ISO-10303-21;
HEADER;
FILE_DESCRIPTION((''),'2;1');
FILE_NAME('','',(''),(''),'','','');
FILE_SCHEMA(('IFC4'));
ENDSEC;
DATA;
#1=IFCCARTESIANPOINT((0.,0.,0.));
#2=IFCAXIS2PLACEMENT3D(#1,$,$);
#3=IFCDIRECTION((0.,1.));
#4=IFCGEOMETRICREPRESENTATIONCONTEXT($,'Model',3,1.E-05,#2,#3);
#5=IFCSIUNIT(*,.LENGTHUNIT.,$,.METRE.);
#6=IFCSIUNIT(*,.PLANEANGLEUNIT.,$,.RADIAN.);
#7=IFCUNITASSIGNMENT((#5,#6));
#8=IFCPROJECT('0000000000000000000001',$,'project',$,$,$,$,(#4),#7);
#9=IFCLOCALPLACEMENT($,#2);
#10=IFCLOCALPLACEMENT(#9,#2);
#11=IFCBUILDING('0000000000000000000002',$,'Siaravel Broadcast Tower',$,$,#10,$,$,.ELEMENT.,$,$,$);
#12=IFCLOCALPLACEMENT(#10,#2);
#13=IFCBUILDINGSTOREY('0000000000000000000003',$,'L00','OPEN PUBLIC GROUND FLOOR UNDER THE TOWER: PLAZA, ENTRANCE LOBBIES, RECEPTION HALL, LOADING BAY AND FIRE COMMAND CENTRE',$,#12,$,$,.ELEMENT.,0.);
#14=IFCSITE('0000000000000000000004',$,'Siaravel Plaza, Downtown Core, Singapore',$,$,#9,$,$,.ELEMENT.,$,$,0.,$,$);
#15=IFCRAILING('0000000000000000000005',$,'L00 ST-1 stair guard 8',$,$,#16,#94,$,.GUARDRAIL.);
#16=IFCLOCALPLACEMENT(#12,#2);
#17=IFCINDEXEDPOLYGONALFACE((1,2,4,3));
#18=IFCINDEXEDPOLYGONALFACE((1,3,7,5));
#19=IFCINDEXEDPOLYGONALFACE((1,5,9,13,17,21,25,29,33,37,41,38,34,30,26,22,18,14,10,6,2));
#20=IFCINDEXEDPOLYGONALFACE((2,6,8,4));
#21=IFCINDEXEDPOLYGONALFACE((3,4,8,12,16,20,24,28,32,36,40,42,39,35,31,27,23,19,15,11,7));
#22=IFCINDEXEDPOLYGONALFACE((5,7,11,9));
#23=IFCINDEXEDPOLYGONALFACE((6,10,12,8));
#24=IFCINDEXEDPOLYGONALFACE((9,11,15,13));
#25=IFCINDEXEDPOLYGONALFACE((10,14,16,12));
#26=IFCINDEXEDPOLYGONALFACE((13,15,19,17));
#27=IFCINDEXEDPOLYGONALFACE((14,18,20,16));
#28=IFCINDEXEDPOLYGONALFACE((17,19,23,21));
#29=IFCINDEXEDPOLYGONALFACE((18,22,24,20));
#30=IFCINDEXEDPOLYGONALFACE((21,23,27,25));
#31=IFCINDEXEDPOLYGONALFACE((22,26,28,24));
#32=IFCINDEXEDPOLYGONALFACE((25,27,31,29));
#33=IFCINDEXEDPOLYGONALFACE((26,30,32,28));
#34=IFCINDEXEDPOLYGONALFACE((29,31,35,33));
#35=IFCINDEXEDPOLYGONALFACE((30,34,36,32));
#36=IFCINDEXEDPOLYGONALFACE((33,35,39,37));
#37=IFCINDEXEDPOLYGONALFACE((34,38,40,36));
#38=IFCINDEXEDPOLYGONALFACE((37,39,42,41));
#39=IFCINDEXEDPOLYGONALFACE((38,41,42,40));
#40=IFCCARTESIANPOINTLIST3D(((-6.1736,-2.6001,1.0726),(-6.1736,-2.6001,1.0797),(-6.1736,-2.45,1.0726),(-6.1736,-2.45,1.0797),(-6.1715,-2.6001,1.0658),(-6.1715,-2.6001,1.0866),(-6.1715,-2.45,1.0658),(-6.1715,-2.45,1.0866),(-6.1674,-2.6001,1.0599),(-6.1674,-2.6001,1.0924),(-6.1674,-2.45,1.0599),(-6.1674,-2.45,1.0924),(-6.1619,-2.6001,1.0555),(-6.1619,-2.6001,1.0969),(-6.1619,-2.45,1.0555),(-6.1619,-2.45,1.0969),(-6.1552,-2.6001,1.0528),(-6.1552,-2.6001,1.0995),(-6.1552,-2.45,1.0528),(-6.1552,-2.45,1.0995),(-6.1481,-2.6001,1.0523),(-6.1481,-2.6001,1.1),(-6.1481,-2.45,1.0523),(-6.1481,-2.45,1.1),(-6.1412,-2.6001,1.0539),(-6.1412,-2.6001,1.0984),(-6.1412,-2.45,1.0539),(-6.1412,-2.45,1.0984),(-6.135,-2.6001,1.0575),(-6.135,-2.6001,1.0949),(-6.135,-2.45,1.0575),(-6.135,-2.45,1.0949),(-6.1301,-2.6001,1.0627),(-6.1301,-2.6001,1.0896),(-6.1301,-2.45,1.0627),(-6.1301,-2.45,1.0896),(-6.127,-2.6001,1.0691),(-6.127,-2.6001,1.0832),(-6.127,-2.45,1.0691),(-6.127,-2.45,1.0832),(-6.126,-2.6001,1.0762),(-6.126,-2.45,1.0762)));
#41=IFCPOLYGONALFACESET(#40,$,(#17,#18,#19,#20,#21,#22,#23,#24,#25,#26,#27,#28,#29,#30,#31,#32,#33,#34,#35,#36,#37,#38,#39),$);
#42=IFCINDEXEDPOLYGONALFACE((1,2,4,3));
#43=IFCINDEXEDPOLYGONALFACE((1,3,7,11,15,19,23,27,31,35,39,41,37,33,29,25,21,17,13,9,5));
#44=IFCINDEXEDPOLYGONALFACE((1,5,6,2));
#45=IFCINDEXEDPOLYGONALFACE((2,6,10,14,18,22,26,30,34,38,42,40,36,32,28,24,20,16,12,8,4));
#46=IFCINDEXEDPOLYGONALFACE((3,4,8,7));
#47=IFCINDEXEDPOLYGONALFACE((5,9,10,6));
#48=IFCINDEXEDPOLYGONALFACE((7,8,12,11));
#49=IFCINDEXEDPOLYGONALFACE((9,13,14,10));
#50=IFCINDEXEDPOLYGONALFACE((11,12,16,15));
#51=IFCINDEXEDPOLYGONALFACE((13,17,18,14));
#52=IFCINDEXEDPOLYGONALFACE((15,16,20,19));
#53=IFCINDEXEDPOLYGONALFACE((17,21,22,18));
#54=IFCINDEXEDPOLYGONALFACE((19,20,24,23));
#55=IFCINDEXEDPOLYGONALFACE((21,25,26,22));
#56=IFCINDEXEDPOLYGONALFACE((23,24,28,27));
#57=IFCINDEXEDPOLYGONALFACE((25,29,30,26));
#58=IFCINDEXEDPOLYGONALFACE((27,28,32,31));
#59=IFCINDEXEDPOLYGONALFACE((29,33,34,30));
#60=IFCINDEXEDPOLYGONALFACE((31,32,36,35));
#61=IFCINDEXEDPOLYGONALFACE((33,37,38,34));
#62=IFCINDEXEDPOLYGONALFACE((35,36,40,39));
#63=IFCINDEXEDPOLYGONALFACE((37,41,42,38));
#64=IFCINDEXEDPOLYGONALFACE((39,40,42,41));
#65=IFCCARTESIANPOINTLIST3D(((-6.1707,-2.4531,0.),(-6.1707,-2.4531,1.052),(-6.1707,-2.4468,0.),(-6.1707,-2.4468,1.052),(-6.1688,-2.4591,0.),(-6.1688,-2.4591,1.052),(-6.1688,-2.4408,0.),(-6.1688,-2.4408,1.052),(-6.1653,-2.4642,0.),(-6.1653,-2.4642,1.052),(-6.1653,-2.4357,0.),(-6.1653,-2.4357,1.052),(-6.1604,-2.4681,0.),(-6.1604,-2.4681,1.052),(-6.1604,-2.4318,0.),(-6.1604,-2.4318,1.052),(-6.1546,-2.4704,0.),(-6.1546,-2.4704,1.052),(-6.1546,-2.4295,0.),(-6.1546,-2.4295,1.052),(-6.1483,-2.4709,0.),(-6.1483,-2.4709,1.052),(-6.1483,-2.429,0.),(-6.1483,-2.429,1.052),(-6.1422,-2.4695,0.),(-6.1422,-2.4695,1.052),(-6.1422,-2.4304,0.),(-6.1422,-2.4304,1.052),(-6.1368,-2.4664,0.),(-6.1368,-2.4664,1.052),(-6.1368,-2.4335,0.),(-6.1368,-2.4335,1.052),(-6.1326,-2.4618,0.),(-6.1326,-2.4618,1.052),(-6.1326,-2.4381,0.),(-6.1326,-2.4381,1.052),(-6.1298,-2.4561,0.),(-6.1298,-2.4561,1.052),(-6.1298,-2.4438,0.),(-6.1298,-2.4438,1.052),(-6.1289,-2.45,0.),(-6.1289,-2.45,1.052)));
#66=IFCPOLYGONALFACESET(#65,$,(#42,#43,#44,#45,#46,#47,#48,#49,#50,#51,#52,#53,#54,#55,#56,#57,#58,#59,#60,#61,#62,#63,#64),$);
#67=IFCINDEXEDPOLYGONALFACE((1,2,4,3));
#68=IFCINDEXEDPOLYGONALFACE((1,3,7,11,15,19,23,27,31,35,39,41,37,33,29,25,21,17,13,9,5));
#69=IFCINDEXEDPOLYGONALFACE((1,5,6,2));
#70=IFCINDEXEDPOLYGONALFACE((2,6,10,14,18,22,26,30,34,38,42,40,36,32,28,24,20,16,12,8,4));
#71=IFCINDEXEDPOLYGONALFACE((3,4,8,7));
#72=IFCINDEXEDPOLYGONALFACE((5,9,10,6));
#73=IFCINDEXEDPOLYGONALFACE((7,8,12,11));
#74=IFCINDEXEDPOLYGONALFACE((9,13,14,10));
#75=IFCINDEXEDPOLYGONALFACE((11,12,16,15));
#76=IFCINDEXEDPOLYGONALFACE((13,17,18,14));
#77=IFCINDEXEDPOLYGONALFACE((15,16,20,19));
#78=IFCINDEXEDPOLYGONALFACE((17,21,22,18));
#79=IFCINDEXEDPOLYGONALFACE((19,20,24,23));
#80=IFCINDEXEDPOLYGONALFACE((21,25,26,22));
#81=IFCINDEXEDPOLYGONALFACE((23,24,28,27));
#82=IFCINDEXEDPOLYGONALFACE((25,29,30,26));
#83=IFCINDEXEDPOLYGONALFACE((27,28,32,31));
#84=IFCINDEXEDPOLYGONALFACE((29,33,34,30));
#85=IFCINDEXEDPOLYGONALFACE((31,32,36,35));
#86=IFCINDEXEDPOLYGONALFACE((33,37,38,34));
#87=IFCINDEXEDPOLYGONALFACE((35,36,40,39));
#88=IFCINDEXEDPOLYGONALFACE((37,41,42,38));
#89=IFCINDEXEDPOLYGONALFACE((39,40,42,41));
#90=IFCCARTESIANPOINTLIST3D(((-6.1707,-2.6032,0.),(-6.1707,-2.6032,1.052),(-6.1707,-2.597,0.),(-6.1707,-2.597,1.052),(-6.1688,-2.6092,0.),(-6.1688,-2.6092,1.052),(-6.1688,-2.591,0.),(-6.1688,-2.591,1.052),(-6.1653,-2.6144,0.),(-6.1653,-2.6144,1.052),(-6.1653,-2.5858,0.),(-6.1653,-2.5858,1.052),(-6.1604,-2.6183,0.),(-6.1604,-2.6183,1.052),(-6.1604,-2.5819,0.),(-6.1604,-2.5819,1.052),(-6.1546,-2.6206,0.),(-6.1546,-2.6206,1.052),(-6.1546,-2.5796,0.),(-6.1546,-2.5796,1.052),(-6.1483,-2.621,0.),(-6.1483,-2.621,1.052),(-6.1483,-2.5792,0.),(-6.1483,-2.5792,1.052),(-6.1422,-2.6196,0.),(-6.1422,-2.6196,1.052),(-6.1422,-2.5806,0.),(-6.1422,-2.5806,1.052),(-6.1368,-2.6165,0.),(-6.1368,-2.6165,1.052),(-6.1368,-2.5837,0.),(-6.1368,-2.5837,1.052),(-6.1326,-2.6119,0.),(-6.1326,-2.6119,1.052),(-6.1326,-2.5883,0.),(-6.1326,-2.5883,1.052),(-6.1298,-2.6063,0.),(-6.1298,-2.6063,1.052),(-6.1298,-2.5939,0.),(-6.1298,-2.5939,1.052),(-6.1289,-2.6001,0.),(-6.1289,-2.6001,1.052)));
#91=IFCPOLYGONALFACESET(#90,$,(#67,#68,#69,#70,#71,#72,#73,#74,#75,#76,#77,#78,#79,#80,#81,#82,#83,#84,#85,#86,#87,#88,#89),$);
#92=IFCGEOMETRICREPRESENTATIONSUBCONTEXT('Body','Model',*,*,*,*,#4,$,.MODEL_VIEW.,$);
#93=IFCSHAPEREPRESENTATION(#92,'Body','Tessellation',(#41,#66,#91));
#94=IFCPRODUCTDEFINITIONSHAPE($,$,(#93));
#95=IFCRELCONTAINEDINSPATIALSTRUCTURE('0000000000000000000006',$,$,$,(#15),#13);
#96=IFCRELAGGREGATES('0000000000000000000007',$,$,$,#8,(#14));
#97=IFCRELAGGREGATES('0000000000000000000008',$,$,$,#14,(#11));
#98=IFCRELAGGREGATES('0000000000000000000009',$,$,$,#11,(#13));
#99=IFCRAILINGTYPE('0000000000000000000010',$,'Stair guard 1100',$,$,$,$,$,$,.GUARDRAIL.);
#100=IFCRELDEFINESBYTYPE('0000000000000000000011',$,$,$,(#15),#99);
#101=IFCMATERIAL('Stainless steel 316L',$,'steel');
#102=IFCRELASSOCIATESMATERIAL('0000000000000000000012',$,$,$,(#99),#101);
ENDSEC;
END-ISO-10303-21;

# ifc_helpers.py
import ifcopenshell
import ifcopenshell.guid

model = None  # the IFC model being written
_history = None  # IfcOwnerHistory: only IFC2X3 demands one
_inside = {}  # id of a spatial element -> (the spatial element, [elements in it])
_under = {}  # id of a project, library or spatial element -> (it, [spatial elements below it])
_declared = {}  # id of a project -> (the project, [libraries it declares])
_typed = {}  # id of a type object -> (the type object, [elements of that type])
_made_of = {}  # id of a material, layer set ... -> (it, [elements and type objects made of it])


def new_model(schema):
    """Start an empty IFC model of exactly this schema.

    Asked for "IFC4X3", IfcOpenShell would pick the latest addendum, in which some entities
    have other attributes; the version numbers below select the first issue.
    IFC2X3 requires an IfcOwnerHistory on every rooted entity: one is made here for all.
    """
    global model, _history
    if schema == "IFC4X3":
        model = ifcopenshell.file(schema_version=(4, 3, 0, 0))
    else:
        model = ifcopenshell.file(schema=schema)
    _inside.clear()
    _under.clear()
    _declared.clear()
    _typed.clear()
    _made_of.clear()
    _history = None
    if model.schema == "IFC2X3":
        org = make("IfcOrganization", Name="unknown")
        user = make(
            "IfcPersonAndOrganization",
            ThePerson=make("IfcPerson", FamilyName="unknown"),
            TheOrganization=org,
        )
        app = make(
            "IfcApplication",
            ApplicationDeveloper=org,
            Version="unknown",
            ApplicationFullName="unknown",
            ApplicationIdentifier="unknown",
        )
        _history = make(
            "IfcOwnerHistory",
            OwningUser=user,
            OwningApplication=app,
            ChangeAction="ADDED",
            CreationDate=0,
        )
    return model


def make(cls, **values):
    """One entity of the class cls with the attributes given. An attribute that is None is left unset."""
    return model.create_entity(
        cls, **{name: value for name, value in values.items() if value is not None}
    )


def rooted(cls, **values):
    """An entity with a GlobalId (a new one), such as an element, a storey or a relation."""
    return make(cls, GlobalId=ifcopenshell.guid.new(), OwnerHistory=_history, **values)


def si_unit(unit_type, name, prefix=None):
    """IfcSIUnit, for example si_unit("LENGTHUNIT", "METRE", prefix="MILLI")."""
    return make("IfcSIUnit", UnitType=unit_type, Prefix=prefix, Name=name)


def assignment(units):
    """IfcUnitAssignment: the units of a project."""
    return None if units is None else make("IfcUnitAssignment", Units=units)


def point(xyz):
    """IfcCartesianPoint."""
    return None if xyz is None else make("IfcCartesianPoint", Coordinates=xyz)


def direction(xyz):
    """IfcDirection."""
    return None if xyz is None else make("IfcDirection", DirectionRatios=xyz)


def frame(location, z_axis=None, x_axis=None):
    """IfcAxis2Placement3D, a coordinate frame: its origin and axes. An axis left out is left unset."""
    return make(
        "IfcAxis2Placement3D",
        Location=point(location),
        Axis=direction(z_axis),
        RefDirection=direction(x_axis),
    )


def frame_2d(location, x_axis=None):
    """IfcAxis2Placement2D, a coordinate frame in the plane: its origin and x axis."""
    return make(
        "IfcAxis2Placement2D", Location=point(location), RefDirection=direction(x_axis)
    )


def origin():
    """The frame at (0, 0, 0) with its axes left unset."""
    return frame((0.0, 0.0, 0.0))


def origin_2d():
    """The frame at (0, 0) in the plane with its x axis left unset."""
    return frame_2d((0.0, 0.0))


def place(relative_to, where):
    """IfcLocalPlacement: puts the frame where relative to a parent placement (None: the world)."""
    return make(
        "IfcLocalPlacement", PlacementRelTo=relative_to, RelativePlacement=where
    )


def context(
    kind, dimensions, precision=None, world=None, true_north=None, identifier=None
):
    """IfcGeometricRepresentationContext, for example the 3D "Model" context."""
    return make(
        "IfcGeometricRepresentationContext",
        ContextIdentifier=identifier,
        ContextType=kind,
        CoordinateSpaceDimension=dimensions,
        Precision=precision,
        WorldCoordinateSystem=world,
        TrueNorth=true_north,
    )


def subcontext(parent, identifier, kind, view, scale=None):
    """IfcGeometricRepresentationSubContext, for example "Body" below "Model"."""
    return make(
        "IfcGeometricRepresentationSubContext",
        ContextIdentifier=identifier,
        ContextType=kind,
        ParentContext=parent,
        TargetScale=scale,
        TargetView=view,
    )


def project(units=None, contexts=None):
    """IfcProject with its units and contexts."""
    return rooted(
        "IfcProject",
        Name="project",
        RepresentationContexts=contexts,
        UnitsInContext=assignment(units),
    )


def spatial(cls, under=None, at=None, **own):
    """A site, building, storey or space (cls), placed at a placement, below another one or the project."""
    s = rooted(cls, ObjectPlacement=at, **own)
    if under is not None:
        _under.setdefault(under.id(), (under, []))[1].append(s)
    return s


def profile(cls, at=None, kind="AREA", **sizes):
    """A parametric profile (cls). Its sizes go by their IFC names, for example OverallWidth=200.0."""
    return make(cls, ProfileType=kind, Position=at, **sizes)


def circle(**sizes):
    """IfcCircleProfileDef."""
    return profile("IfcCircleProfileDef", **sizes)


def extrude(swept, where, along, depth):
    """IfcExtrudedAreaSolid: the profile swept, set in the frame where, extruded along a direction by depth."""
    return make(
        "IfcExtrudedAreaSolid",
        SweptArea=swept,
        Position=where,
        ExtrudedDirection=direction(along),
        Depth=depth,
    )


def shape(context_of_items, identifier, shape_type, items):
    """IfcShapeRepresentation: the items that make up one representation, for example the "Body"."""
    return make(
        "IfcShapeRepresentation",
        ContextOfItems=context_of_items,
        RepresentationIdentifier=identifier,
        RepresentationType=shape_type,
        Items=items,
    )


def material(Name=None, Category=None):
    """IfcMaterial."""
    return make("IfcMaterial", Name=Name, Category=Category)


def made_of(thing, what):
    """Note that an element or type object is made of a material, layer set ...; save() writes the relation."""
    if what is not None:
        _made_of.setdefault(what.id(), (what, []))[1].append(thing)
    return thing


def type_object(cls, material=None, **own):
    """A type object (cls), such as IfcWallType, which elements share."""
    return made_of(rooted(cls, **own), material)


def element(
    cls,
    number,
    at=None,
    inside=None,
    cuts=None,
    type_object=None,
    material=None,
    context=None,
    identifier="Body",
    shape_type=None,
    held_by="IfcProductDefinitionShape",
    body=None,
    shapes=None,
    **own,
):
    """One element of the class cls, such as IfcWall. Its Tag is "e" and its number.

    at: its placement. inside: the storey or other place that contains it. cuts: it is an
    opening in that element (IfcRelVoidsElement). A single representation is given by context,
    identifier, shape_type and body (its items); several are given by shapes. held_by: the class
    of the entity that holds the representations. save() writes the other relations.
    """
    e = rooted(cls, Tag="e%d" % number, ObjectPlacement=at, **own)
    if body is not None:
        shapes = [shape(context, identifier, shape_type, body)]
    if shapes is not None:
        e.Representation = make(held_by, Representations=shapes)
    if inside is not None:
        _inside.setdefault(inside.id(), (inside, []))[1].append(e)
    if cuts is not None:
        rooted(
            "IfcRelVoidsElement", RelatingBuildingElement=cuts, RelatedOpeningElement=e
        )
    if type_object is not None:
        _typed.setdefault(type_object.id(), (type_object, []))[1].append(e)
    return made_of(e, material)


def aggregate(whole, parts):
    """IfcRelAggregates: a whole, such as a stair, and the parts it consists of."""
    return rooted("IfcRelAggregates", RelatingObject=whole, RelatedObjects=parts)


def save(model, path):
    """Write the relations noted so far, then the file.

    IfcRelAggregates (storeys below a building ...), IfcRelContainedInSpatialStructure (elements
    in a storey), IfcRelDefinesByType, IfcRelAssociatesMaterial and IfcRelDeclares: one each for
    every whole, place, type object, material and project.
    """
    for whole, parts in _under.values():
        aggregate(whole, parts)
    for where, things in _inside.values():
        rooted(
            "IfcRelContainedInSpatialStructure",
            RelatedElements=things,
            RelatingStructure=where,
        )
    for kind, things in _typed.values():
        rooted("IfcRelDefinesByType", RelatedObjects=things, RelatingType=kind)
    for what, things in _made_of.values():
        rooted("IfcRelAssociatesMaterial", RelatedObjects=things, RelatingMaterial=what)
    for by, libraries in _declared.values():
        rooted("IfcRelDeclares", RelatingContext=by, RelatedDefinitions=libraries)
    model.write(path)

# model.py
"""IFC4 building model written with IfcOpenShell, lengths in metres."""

from ifc_helpers import new_model, si_unit, direction, frame, origin, origin_2d, place, context, subcontext, project, spatial, circle, extrude, material, type_object, element, save


model = new_model("IFC4")

# Units and contexts
model_context = context("Model", 3, precision=1e-05, world=origin(), true_north=direction((0.0, 1.0)))
body_context = subcontext(model_context, "Body", "Model", "MODEL_VIEW")
ifc_project = project(units=[si_unit("LENGTHUNIT", "METRE"), si_unit("PLANEANGLEUNIT", "RADIAN")], contexts=[model_context])

# Site, building, storey
site_placement = place(None, origin())
site = spatial("IfcSite", under=ifc_project, at=site_placement, Name="Siaravel Plaza, Downtown Core, Singapore", CompositionType="ELEMENT", RefElevation=0.0)
building_placement = place(site_placement, origin())
building = spatial("IfcBuilding", under=site, at=building_placement, Name="Siaravel Broadcast Tower", CompositionType="ELEMENT")
storey_placement = place(building_placement, origin())
storey = spatial("IfcBuildingStorey", under=building, at=storey_placement, Name="L00", Description="OPEN PUBLIC GROUND FLOOR UNDER THE TOWER: PLAZA, ENTRANCE LOBBIES, RECEPTION HALL, LOADING BAY AND FIRE COMMAND CENTRE", CompositionType="ELEMENT", Elevation=0.0)

# Shared definitions
ifc_material_1 = material(Name="Stainless steel 316L", Category="steel")

# Railing
railing_type_1 = type_object("IfcRailingType", Name="Stair guard 1100", PredefinedType="GUARDRAIL", material=ifc_material_1)
railing_1_placement = place(storey_placement, frame((-6.1499, -2.45, 0.0)))
element("IfcRailing", 1, at=railing_1_placement, inside=storey, type_object=railing_type_1, Name="L00 ST-1 stair guard 8", PredefinedType="GUARDRAIL", context=body_context, shape_type="SweptSolid", body=[
    extrude(circle(Radius=0.0239, at=origin_2d()), frame((0.0, 0.0, 1.0762), z_axis=(0.0, -1.0, 0.0), x_axis=(1.0, 0.0, 0.0)), (0.0, 0.0, 1.0), 0.1501),
    extrude(circle(Radius=0.021, at=origin_2d()), origin(), (0.0, 0.0, 1.0), 1.052),
    extrude(circle(Radius=0.021, at=origin_2d()), frame((0.0, -0.1501, 0.0)), (0.0, 0.0, 1.0), 1.052),
])

save(model, "model.ifc")
